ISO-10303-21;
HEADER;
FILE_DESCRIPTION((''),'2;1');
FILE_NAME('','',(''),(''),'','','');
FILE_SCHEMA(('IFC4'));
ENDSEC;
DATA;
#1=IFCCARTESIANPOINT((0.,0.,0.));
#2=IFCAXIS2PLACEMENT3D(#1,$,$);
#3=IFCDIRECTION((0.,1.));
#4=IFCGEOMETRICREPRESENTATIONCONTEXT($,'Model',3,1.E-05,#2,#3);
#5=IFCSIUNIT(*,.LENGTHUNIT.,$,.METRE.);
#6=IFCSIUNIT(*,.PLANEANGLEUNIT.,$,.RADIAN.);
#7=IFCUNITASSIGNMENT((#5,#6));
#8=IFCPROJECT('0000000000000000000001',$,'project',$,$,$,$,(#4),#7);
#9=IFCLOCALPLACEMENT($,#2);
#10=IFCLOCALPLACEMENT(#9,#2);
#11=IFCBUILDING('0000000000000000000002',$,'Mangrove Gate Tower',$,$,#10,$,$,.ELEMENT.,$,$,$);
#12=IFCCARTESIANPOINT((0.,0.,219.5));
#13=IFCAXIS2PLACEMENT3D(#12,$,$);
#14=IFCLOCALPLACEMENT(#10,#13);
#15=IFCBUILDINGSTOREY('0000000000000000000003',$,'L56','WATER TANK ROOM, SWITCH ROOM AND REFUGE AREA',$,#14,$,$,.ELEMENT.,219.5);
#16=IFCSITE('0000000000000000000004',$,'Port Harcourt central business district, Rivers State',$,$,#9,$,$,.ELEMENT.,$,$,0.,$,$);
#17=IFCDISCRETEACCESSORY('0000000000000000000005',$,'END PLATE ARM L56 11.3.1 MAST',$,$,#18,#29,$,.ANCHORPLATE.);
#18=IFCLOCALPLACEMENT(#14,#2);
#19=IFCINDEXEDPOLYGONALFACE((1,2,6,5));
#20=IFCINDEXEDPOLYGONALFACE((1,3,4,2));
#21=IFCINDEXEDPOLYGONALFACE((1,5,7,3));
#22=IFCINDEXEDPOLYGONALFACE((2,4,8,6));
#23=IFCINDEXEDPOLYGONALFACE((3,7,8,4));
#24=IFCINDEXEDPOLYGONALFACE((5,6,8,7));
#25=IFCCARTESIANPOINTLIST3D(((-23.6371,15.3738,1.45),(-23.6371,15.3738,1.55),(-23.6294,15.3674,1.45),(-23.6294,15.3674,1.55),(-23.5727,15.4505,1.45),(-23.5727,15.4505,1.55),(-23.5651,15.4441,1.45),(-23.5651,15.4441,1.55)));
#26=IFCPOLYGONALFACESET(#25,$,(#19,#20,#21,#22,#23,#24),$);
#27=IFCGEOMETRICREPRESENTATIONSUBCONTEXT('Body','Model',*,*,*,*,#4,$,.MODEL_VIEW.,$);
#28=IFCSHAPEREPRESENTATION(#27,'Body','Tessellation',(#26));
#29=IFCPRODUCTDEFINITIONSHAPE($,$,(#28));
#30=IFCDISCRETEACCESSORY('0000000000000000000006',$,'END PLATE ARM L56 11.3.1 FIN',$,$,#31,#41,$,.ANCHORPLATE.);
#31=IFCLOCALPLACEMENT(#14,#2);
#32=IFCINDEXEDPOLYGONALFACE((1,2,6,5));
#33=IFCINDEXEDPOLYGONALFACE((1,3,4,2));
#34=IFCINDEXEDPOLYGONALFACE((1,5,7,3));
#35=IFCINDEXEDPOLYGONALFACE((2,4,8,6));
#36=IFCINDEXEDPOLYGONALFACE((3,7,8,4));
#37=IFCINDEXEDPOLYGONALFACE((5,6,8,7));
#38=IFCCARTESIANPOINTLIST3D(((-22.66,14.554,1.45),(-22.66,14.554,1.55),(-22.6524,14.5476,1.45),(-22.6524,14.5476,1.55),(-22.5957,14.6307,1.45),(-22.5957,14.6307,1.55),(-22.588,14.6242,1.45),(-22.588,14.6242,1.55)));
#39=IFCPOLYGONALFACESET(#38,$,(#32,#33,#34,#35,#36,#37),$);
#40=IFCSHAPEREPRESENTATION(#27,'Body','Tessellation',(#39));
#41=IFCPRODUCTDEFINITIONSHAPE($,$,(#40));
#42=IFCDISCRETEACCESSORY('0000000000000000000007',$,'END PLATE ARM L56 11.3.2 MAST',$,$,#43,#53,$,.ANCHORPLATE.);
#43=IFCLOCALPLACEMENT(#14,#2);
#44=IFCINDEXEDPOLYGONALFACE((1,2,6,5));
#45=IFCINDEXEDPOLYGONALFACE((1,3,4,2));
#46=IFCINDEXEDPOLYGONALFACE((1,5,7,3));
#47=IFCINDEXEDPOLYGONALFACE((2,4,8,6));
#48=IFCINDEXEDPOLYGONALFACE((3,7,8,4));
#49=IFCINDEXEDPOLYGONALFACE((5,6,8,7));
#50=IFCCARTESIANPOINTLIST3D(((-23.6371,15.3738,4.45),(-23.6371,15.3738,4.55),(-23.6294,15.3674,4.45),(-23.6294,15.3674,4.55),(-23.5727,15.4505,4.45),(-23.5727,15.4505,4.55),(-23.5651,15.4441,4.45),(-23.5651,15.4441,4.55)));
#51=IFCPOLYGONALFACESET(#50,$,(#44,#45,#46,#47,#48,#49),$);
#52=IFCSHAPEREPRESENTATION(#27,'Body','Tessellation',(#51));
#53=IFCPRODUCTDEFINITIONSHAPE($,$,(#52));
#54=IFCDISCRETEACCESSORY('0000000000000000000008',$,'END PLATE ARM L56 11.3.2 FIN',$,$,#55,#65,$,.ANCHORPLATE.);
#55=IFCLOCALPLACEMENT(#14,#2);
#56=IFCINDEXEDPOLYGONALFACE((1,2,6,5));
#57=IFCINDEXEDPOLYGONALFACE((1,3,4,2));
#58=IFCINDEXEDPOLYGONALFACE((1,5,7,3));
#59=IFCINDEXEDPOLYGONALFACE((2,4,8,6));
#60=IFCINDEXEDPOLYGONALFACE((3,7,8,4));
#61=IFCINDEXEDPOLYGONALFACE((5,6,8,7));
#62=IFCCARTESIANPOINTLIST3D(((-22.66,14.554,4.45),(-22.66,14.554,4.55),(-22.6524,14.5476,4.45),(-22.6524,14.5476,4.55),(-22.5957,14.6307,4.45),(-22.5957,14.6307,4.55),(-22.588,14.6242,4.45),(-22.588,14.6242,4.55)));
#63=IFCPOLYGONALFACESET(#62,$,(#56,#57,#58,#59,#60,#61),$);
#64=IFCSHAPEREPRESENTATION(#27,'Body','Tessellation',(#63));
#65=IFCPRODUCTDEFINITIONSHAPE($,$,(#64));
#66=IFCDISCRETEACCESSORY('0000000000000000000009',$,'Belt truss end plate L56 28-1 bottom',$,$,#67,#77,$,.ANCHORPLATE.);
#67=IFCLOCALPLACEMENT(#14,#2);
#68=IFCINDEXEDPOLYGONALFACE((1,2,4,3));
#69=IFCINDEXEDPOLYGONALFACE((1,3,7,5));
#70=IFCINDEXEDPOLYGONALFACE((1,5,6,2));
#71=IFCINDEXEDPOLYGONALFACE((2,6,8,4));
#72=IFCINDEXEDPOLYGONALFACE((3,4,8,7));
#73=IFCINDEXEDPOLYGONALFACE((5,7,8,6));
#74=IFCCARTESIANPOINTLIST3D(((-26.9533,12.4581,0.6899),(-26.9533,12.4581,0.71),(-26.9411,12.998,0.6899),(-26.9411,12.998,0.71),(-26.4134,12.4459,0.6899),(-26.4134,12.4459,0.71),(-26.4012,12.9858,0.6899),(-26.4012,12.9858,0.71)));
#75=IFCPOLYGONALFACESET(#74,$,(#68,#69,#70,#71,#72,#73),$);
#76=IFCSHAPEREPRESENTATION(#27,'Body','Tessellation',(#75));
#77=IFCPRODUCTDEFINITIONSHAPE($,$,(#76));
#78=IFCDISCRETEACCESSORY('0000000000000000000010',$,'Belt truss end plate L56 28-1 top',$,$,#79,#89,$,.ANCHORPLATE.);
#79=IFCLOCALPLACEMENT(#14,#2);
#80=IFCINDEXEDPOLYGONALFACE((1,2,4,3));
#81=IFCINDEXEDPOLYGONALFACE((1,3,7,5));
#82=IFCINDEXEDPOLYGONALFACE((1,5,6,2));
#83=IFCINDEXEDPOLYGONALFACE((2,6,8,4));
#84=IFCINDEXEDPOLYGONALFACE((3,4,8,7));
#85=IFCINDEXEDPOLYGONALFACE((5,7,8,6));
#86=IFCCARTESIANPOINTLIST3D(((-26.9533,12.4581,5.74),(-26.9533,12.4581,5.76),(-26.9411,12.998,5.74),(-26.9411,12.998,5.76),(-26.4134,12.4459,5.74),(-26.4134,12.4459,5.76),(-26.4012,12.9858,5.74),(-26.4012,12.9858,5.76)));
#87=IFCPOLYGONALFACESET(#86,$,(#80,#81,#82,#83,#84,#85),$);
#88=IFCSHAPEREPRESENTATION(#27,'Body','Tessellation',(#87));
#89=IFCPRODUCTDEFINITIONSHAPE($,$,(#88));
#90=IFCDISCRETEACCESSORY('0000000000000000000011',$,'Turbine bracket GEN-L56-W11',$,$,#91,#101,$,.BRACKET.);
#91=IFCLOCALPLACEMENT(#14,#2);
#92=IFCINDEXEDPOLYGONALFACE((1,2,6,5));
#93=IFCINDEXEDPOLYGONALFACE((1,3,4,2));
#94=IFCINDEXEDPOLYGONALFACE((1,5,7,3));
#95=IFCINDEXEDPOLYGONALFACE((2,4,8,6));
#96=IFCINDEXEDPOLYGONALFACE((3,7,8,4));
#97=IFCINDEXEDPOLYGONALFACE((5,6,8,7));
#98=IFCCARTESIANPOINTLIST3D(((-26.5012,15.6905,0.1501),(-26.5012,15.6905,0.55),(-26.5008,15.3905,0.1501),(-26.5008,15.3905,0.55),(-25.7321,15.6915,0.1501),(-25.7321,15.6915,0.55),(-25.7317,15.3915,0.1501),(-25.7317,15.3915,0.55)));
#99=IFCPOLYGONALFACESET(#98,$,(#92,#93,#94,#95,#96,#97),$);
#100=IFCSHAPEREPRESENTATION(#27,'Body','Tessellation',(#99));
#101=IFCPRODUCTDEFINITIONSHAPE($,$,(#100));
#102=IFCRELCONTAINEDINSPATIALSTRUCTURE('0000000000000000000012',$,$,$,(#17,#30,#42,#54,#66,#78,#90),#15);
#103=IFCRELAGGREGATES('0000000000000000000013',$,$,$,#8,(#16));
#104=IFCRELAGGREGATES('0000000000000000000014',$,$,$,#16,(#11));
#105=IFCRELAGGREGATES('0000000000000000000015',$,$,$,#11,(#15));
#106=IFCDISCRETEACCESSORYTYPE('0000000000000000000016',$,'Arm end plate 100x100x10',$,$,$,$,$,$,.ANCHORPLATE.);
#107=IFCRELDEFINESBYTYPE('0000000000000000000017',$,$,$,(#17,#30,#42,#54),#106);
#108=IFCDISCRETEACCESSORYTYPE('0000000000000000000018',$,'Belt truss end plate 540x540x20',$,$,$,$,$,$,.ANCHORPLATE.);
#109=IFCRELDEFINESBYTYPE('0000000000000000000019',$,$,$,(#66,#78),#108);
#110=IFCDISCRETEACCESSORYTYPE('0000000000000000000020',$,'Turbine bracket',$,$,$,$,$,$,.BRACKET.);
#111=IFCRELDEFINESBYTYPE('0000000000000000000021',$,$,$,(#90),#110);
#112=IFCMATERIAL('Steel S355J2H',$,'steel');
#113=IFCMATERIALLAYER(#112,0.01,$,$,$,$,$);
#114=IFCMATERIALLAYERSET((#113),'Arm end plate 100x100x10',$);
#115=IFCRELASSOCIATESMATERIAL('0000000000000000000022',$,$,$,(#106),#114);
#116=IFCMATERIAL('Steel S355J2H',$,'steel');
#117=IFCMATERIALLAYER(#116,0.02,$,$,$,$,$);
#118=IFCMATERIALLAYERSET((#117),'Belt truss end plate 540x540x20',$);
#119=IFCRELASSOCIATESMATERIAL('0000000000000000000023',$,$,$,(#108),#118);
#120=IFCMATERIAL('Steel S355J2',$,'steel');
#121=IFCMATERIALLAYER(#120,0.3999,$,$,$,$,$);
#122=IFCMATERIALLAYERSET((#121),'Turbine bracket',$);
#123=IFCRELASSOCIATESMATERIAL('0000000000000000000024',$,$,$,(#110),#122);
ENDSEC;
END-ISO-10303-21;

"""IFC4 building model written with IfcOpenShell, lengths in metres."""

from ifc_helpers import new_model, si_unit, direction, frame, origin, origin_2d, place, context, subcontext, project, spatial, rectangle, extrude, material, layer, layer_set, type_object, element, save


model = new_model("IFC4")

# Units and contexts
model_context = context("Model", 3, precision=1e-05, world=origin(), true_north=direction((0.0, 1.0)))
body_context = subcontext(model_context, "Body", "Model", "MODEL_VIEW")
ifc_project = project(units=[si_unit("LENGTHUNIT", "METRE"), si_unit("PLANEANGLEUNIT", "RADIAN")], contexts=[model_context])

# Site, building, storey
site_placement = place(None, origin())
site = spatial("IfcSite", under=ifc_project, at=site_placement, Name="Port Harcourt central business district, Rivers State", CompositionType="ELEMENT", RefElevation=0.0)
building_placement = place(site_placement, origin())
building = spatial("IfcBuilding", under=site, at=building_placement, Name="Mangrove Gate Tower", CompositionType="ELEMENT")
storey_placement = place(building_placement, frame((0.0, 0.0, 219.5)))
storey = spatial("IfcBuildingStorey", under=building, at=storey_placement, Name="L56", Description="WATER TANK ROOM, SWITCH ROOM AND REFUGE AREA", CompositionType="ELEMENT", Elevation=219.5)

# Discrete accessories
ifc_material_1 = material(Name="Steel S355J2H", Category="steel")
ifc_layer_1 = layer(ifc_material_1, 0.01)
ifc_layer_set_1 = layer_set([ifc_layer_1], Name="Arm end plate 100x100x10")
discrete_accessory_type_1 = type_object("IfcDiscreteAccessoryType", Name="Arm end plate 100x100x10", PredefinedType="ANCHORPLATE", material=ifc_layer_set_1)
for number, where, z_axis, x_axis, name in (
    (1, (-23.6011, 15.4089, 1.45), (0.0, 0.0, 1.0), (0.766044, -0.642788, 0.0), "END PLATE ARM L56 11.3.1 MAST"),
    (2, (-22.624, 14.5891, 1.45), (0.0, 0.0, 1.0), (0.766044, -0.642788, 0.0), "END PLATE ARM L56 11.3.1 FIN"),
    (3, (-23.6011, 15.4089, 4.45), (0.0, 0.0, 1.0), (0.766044, -0.642788, 0.0), "END PLATE ARM L56 11.3.2 MAST"),
    (4, (-22.624, 14.5891, 4.45), (0.0, 0.0, 1.0), (0.766044, -0.642788, 0.0), "END PLATE ARM L56 11.3.2 FIN"),
):
    element("IfcDiscreteAccessory", number, at=place(storey_placement, frame(where, z_axis=z_axis, x_axis=x_axis)), inside=storey, type_object=discrete_accessory_type_1, Name=name, PredefinedType="ANCHORPLATE", context=body_context, shape_type="SweptSolid", body=[
        extrude(rectangle(XDim=0.01, YDim=0.1001, at=origin_2d()), origin(), (0.0, 0.0, 1.0), 0.1001),
    ])
ifc_material_2 = material(Name="Steel S355J2H", Category="steel")
ifc_layer_2 = layer(ifc_material_2, 0.02)
ifc_layer_set_2 = layer_set([ifc_layer_2], Name="Belt truss end plate 540x540x20")
discrete_accessory_type_2 = type_object("IfcDiscreteAccessoryType", Name="Belt truss end plate 540x540x20", PredefinedType="ANCHORPLATE", material=ifc_layer_set_2)
for number, where, z_axis, x_axis, name in (
    (5, (-26.6772, 12.7219, 0.6899), (0.0, 0.0, 1.0), (-0.022586, -0.999745, 0.0), "Belt truss end plate L56 28-1 bottom"),
    (6, (-26.6772, 12.7219, 5.74), (0.0, 0.0, 1.0), (-0.022586, -0.999745, 0.0), "Belt truss end plate L56 28-1 top"),
):
    element("IfcDiscreteAccessory", number, at=place(storey_placement, frame(where, z_axis=z_axis, x_axis=x_axis)), inside=storey, type_object=discrete_accessory_type_2, Name=name, PredefinedType="ANCHORPLATE", context=body_context, shape_type="SweptSolid", body=[
        extrude(rectangle(XDim=0.54, YDim=0.54, at=origin_2d()), origin(), (0.0, 0.0, 1.0), 0.02),
    ])
ifc_material_3 = material(Name="Steel S355J2", Category="steel")
ifc_layer_3 = layer(ifc_material_3, 0.3999)
ifc_layer_set_3 = layer_set([ifc_layer_3], Name="Turbine bracket")
discrete_accessory_type_3 = type_object("IfcDiscreteAccessoryType", Name="Turbine bracket", PredefinedType="BRACKET", material=ifc_layer_set_3)
discrete_accessory_placement = place(storey_placement, frame((-26.1165, 15.541, 0.1501), z_axis=(0.0, 0.0, 1.0), x_axis=(0.999999, 0.001295, 0.0)))
element("IfcDiscreteAccessory", 7, at=discrete_accessory_placement, inside=storey, type_object=discrete_accessory_type_3, Name="Turbine bracket GEN-L56-W11", PredefinedType="BRACKET", context=body_context, shape_type="SweptSolid", body=[
    extrude(rectangle(XDim=0.769, YDim=0.3, at=origin_2d()), origin(), (0.0, 0.0, 1.0), 0.3999),
])

save(model, "model.ifc")
